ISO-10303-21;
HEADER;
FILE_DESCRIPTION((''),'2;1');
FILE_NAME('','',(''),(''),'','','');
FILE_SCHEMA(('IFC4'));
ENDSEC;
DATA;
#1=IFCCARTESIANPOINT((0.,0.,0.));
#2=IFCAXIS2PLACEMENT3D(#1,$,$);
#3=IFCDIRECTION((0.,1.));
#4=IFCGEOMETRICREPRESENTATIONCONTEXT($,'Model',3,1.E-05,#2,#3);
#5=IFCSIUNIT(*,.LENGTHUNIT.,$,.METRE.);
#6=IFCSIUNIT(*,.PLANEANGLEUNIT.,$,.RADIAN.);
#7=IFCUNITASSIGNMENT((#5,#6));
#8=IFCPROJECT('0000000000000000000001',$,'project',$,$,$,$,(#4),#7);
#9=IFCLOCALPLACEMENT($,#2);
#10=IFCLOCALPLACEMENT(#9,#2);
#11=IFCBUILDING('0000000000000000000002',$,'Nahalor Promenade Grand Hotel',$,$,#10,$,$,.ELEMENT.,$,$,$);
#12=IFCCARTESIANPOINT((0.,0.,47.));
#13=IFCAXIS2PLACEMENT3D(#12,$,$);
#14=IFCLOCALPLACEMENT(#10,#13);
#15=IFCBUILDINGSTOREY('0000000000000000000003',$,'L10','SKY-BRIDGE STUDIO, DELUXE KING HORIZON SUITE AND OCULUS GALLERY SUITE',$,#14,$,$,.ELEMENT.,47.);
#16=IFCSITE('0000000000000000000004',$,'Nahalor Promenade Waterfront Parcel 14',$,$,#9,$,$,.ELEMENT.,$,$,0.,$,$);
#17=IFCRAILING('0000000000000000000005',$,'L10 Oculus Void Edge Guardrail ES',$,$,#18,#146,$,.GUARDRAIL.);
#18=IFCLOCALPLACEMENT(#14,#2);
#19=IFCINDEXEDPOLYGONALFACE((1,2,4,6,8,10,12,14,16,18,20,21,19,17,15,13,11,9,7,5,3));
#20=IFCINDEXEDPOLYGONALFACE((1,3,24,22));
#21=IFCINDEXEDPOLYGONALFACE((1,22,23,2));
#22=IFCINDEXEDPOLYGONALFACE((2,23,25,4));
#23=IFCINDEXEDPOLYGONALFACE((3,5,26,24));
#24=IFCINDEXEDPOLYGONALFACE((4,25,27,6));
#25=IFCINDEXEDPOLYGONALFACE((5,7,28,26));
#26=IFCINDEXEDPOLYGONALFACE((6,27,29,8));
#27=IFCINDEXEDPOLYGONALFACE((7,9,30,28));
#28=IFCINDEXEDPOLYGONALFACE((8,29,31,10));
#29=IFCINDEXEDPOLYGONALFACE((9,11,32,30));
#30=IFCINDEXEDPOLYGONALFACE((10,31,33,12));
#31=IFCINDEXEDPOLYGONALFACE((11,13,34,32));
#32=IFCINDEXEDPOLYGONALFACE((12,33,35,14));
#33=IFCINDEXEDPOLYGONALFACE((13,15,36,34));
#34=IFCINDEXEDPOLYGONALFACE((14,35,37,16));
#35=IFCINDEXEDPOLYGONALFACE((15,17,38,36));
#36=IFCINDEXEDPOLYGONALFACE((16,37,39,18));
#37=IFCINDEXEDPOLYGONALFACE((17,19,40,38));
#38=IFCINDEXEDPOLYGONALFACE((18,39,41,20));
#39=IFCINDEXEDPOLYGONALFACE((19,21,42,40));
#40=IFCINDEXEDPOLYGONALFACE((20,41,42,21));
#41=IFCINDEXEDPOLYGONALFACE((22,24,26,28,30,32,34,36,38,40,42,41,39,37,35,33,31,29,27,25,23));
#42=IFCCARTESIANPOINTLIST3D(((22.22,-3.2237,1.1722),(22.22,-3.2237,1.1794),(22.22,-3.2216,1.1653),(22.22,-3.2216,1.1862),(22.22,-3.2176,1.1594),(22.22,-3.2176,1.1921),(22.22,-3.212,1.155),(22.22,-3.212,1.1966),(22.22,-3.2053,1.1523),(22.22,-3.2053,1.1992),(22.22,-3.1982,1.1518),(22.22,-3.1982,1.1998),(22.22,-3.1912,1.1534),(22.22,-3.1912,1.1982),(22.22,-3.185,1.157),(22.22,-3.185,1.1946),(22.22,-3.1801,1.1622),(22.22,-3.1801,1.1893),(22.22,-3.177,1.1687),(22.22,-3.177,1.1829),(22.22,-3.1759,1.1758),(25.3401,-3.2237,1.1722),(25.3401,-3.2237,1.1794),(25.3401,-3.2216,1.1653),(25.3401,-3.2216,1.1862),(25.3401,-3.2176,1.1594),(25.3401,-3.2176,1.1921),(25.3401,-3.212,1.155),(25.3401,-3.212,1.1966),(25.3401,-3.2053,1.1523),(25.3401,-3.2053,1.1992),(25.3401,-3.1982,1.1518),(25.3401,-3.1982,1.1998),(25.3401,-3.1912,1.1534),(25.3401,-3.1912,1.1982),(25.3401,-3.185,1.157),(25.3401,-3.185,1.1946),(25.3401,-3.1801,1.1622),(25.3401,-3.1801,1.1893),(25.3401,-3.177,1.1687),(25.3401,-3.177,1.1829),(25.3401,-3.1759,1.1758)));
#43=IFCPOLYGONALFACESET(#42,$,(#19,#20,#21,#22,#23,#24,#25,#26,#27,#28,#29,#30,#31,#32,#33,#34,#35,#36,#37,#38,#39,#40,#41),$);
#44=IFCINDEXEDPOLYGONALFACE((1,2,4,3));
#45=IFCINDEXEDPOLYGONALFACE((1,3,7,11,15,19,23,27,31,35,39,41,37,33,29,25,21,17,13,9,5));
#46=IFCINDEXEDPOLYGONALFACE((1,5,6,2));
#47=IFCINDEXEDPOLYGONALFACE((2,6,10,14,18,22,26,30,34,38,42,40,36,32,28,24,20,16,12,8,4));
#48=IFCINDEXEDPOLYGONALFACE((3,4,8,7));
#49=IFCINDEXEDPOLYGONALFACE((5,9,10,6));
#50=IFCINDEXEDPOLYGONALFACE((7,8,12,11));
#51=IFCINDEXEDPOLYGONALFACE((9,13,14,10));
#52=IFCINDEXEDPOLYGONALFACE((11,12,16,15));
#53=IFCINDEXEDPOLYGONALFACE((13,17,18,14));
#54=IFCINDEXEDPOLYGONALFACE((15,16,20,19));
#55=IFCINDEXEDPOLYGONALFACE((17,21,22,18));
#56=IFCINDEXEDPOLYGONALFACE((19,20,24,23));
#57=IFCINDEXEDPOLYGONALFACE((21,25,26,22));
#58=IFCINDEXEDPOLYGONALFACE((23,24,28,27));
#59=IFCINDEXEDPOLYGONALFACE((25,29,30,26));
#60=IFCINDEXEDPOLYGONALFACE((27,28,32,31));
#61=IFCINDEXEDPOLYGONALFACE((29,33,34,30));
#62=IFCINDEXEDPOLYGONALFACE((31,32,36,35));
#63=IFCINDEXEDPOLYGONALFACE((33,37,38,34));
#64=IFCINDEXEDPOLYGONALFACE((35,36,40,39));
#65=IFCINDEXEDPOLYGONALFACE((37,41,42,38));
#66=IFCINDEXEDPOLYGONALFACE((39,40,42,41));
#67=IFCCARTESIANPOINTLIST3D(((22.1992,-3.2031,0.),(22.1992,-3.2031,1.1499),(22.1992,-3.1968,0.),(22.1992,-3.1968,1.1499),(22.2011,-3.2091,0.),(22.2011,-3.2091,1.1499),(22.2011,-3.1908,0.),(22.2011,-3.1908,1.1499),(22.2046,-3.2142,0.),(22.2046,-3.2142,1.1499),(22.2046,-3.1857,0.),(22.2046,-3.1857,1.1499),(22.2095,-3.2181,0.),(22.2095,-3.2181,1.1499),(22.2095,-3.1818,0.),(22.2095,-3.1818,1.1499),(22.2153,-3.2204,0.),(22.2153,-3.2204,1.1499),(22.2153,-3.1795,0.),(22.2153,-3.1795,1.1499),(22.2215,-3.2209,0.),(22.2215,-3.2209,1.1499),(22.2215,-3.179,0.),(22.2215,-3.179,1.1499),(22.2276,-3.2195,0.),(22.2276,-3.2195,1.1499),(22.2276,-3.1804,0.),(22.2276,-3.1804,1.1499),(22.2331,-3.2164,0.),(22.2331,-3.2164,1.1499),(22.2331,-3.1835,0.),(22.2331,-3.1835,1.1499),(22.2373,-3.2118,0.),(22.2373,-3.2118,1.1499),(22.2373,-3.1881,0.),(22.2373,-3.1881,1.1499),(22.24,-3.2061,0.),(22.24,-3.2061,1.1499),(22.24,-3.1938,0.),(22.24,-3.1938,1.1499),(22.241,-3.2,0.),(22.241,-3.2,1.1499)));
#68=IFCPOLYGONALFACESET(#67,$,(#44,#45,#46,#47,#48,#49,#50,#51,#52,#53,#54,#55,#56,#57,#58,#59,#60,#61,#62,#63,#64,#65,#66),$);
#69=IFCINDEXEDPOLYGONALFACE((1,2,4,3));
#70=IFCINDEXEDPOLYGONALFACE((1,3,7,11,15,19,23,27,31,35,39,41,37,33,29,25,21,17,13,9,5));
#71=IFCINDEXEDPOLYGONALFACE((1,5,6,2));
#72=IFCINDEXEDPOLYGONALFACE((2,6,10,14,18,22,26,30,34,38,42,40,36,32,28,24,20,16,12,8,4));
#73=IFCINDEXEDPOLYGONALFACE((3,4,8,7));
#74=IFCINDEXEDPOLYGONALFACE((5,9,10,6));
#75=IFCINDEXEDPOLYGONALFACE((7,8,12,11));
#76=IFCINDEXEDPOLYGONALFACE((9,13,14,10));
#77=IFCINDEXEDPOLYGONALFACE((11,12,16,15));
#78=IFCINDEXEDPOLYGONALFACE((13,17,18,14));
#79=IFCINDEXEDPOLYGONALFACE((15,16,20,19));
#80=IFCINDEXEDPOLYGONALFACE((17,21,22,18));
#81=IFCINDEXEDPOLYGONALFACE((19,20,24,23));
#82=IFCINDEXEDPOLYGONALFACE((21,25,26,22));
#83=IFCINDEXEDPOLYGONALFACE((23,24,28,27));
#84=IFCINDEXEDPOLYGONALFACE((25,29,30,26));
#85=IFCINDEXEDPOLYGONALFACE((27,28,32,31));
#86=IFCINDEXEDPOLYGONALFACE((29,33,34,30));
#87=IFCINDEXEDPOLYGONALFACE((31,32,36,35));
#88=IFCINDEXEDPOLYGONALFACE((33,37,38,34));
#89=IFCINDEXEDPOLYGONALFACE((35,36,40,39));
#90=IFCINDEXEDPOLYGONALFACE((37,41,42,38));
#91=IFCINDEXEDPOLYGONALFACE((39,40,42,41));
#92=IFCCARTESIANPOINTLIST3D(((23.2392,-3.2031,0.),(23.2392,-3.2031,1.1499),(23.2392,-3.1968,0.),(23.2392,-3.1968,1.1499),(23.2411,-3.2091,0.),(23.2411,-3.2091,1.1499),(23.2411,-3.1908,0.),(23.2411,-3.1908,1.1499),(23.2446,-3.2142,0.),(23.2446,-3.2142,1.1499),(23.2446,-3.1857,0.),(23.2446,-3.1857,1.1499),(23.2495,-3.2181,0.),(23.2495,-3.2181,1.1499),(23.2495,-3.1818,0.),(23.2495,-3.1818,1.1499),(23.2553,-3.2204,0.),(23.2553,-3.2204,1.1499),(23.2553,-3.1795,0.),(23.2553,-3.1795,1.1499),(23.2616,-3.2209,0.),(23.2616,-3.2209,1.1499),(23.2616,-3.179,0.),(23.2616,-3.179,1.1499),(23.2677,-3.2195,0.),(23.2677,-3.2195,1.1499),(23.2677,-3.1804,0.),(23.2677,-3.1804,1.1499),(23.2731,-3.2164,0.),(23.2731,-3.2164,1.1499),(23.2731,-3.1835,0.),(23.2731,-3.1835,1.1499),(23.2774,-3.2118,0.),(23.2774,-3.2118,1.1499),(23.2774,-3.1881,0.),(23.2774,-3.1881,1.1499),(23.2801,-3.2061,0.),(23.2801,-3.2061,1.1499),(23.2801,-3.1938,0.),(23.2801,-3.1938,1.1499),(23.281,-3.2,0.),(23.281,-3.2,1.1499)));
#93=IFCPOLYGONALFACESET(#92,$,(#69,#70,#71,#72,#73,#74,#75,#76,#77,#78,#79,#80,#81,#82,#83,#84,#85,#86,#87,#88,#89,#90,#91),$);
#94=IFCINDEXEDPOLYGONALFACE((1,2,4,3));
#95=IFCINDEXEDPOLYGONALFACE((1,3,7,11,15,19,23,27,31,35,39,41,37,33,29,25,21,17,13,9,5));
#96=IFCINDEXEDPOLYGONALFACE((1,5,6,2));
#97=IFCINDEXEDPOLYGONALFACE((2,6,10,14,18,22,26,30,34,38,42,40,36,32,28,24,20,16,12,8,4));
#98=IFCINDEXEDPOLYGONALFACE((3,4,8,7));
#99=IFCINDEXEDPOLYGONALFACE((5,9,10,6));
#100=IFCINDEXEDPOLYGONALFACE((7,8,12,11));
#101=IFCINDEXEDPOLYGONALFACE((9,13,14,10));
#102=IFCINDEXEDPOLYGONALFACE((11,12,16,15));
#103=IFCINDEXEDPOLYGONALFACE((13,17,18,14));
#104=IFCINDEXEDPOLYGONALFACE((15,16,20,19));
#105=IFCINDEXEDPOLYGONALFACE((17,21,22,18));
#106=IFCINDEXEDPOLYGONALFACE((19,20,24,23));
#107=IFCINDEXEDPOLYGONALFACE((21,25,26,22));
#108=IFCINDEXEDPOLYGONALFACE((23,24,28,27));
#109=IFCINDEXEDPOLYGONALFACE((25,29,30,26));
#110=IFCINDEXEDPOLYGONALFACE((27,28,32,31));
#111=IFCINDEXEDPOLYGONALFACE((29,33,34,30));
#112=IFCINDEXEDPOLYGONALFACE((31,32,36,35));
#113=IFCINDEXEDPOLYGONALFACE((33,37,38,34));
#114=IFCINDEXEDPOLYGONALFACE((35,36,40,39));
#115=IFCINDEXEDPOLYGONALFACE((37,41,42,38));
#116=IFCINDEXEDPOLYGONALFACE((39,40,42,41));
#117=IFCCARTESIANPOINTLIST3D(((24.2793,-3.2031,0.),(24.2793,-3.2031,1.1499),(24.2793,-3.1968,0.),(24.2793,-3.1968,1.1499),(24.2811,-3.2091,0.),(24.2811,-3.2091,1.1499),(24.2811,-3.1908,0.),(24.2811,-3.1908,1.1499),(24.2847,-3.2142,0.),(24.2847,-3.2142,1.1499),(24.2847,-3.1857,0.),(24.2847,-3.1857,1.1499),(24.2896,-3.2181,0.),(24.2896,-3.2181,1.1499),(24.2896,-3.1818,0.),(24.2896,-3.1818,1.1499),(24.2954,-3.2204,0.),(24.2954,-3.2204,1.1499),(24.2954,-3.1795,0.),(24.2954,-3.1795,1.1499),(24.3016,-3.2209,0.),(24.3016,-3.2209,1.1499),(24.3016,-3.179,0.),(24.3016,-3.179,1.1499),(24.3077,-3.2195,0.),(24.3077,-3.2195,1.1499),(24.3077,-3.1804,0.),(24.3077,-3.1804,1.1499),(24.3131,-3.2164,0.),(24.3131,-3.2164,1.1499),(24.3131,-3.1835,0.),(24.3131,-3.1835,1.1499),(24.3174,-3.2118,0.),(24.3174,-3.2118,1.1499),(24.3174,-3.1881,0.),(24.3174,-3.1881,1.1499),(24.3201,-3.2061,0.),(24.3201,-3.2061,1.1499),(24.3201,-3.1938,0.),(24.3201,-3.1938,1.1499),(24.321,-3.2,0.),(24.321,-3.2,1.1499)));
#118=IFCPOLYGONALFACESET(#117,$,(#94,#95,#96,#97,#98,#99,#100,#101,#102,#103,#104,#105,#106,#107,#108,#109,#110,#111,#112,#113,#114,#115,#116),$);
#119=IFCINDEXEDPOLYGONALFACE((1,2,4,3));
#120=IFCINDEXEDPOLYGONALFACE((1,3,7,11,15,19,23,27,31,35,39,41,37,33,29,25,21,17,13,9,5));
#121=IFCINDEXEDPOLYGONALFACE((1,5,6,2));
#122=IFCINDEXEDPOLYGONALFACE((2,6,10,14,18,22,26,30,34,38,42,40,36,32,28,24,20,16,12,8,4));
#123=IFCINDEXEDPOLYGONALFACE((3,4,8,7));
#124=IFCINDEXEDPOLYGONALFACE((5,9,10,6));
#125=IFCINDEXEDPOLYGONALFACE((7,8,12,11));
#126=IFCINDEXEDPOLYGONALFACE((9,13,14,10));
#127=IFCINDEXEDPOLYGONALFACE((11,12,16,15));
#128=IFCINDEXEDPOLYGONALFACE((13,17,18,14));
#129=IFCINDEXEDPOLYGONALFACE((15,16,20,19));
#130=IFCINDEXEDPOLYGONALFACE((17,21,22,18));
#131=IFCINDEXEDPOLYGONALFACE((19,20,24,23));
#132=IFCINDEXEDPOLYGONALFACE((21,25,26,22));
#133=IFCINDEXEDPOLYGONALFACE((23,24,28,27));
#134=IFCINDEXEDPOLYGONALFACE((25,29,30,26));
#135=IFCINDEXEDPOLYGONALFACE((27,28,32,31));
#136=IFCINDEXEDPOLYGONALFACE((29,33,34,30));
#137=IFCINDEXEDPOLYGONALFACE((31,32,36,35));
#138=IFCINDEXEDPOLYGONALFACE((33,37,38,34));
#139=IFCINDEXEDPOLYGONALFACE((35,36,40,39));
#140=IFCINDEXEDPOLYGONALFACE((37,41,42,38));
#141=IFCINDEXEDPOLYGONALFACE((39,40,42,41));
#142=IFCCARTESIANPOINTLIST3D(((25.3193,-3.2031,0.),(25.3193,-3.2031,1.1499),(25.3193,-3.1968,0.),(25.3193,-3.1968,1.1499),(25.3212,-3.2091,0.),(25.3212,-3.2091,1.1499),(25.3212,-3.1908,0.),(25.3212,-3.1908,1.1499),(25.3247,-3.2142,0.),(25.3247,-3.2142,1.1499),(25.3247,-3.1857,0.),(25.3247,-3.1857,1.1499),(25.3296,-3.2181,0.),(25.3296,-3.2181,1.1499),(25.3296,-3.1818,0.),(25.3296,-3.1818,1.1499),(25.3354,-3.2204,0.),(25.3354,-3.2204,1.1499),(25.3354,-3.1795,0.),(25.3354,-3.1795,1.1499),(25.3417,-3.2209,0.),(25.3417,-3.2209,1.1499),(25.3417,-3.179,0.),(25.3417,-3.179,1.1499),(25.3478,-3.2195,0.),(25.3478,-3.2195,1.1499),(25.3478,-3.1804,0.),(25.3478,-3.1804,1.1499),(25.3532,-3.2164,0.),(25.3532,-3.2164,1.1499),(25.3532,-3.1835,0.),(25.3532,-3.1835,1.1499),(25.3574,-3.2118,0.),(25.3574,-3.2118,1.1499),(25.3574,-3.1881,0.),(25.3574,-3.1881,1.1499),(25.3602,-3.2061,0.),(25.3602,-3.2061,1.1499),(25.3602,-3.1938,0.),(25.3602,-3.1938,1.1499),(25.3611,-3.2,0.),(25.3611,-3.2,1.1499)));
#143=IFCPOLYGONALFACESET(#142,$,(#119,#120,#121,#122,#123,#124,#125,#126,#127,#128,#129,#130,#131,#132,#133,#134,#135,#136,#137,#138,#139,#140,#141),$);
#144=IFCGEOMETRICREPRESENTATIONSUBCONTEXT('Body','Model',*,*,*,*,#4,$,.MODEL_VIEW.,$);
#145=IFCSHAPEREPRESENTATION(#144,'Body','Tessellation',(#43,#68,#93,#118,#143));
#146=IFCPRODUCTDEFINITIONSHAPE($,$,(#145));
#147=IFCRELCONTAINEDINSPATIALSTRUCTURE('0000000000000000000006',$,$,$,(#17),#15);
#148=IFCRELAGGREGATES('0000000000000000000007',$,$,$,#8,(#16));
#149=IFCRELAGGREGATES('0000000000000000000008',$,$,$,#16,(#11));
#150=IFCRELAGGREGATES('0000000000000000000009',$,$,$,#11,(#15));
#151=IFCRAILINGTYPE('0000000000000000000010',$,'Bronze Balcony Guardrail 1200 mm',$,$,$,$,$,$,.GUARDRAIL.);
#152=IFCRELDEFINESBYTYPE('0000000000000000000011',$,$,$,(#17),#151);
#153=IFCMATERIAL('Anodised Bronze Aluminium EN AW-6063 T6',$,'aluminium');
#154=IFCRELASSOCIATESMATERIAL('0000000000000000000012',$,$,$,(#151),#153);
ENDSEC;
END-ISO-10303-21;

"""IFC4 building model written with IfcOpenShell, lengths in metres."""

from ifc_helpers import new_model, si_unit, direction, frame, origin, origin_2d, place, context, subcontext, project, spatial, circle, extrude, material, type_object, element, save


model = new_model("IFC4")

# Units and contexts
model_context = context("Model", 3, precision=1e-05, world=origin(), true_north=direction((0.0, 1.0)))
body_context = subcontext(model_context, "Body", "Model", "MODEL_VIEW")
ifc_project = project(units=[si_unit("LENGTHUNIT", "METRE"), si_unit("PLANEANGLEUNIT", "RADIAN")], contexts=[model_context])

# Site, building, storey
site_placement = place(None, origin())
site = spatial("IfcSite", under=ifc_project, at=site_placement, Name="Nahalor Promenade Waterfront Parcel 14", CompositionType="ELEMENT", RefElevation=0.0)
building_placement = place(site_placement, origin())
building = spatial("IfcBuilding", under=site, at=building_placement, Name="Nahalor Promenade Grand Hotel", CompositionType="ELEMENT")
storey_placement = place(building_placement, frame((0.0, 0.0, 47.0)))
storey = spatial("IfcBuildingStorey", under=building, at=storey_placement, Name="L10", Description="SKY-BRIDGE STUDIO, DELUXE KING HORIZON SUITE AND OCULUS GALLERY SUITE", CompositionType="ELEMENT", Elevation=47.0)

# Shared definitions
ifc_material_1 = material(Name="Anodised Bronze Aluminium EN AW-6063 T6", Category="aluminium")

# Railing
railing_type = type_object("IfcRailingType", Name="Bronze Balcony Guardrail 1200 mm", PredefinedType="GUARDRAIL", material=ifc_material_1)
railing_placement = place(storey_placement, frame((22.22, -3.2, 0.0)))
element("IfcRailing", 1, at=railing_placement, inside=storey, type_object=railing_type, Name="L10 Oculus Void Edge Guardrail ES", PredefinedType="GUARDRAIL", context=body_context, shape_type="SweptSolid", body=[
    extrude(circle(Radius=0.024, at=origin_2d()), frame((0.0, 0.0, 1.1758), z_axis=(1.0, 0.0, 0.0), x_axis=(0.0, 1.0, 0.0)), (0.0, 0.0, 1.0), 3.1201),
    extrude(circle(Radius=0.021, at=origin_2d()), origin(), (0.0, 0.0, 1.0), 1.1499),
    extrude(circle(Radius=0.021, at=origin_2d()), frame((1.04, 0.0, 0.0)), (0.0, 0.0, 1.0), 1.1499),
    extrude(circle(Radius=0.021, at=origin_2d()), frame((2.0801, 0.0, 0.0)), (0.0, 0.0, 1.0), 1.1499),
    extrude(circle(Radius=0.021, at=origin_2d()), frame((3.1201, 0.0, 0.0)), (0.0, 0.0, 1.0), 1.1499),
])

save(model, "model.ifc")
